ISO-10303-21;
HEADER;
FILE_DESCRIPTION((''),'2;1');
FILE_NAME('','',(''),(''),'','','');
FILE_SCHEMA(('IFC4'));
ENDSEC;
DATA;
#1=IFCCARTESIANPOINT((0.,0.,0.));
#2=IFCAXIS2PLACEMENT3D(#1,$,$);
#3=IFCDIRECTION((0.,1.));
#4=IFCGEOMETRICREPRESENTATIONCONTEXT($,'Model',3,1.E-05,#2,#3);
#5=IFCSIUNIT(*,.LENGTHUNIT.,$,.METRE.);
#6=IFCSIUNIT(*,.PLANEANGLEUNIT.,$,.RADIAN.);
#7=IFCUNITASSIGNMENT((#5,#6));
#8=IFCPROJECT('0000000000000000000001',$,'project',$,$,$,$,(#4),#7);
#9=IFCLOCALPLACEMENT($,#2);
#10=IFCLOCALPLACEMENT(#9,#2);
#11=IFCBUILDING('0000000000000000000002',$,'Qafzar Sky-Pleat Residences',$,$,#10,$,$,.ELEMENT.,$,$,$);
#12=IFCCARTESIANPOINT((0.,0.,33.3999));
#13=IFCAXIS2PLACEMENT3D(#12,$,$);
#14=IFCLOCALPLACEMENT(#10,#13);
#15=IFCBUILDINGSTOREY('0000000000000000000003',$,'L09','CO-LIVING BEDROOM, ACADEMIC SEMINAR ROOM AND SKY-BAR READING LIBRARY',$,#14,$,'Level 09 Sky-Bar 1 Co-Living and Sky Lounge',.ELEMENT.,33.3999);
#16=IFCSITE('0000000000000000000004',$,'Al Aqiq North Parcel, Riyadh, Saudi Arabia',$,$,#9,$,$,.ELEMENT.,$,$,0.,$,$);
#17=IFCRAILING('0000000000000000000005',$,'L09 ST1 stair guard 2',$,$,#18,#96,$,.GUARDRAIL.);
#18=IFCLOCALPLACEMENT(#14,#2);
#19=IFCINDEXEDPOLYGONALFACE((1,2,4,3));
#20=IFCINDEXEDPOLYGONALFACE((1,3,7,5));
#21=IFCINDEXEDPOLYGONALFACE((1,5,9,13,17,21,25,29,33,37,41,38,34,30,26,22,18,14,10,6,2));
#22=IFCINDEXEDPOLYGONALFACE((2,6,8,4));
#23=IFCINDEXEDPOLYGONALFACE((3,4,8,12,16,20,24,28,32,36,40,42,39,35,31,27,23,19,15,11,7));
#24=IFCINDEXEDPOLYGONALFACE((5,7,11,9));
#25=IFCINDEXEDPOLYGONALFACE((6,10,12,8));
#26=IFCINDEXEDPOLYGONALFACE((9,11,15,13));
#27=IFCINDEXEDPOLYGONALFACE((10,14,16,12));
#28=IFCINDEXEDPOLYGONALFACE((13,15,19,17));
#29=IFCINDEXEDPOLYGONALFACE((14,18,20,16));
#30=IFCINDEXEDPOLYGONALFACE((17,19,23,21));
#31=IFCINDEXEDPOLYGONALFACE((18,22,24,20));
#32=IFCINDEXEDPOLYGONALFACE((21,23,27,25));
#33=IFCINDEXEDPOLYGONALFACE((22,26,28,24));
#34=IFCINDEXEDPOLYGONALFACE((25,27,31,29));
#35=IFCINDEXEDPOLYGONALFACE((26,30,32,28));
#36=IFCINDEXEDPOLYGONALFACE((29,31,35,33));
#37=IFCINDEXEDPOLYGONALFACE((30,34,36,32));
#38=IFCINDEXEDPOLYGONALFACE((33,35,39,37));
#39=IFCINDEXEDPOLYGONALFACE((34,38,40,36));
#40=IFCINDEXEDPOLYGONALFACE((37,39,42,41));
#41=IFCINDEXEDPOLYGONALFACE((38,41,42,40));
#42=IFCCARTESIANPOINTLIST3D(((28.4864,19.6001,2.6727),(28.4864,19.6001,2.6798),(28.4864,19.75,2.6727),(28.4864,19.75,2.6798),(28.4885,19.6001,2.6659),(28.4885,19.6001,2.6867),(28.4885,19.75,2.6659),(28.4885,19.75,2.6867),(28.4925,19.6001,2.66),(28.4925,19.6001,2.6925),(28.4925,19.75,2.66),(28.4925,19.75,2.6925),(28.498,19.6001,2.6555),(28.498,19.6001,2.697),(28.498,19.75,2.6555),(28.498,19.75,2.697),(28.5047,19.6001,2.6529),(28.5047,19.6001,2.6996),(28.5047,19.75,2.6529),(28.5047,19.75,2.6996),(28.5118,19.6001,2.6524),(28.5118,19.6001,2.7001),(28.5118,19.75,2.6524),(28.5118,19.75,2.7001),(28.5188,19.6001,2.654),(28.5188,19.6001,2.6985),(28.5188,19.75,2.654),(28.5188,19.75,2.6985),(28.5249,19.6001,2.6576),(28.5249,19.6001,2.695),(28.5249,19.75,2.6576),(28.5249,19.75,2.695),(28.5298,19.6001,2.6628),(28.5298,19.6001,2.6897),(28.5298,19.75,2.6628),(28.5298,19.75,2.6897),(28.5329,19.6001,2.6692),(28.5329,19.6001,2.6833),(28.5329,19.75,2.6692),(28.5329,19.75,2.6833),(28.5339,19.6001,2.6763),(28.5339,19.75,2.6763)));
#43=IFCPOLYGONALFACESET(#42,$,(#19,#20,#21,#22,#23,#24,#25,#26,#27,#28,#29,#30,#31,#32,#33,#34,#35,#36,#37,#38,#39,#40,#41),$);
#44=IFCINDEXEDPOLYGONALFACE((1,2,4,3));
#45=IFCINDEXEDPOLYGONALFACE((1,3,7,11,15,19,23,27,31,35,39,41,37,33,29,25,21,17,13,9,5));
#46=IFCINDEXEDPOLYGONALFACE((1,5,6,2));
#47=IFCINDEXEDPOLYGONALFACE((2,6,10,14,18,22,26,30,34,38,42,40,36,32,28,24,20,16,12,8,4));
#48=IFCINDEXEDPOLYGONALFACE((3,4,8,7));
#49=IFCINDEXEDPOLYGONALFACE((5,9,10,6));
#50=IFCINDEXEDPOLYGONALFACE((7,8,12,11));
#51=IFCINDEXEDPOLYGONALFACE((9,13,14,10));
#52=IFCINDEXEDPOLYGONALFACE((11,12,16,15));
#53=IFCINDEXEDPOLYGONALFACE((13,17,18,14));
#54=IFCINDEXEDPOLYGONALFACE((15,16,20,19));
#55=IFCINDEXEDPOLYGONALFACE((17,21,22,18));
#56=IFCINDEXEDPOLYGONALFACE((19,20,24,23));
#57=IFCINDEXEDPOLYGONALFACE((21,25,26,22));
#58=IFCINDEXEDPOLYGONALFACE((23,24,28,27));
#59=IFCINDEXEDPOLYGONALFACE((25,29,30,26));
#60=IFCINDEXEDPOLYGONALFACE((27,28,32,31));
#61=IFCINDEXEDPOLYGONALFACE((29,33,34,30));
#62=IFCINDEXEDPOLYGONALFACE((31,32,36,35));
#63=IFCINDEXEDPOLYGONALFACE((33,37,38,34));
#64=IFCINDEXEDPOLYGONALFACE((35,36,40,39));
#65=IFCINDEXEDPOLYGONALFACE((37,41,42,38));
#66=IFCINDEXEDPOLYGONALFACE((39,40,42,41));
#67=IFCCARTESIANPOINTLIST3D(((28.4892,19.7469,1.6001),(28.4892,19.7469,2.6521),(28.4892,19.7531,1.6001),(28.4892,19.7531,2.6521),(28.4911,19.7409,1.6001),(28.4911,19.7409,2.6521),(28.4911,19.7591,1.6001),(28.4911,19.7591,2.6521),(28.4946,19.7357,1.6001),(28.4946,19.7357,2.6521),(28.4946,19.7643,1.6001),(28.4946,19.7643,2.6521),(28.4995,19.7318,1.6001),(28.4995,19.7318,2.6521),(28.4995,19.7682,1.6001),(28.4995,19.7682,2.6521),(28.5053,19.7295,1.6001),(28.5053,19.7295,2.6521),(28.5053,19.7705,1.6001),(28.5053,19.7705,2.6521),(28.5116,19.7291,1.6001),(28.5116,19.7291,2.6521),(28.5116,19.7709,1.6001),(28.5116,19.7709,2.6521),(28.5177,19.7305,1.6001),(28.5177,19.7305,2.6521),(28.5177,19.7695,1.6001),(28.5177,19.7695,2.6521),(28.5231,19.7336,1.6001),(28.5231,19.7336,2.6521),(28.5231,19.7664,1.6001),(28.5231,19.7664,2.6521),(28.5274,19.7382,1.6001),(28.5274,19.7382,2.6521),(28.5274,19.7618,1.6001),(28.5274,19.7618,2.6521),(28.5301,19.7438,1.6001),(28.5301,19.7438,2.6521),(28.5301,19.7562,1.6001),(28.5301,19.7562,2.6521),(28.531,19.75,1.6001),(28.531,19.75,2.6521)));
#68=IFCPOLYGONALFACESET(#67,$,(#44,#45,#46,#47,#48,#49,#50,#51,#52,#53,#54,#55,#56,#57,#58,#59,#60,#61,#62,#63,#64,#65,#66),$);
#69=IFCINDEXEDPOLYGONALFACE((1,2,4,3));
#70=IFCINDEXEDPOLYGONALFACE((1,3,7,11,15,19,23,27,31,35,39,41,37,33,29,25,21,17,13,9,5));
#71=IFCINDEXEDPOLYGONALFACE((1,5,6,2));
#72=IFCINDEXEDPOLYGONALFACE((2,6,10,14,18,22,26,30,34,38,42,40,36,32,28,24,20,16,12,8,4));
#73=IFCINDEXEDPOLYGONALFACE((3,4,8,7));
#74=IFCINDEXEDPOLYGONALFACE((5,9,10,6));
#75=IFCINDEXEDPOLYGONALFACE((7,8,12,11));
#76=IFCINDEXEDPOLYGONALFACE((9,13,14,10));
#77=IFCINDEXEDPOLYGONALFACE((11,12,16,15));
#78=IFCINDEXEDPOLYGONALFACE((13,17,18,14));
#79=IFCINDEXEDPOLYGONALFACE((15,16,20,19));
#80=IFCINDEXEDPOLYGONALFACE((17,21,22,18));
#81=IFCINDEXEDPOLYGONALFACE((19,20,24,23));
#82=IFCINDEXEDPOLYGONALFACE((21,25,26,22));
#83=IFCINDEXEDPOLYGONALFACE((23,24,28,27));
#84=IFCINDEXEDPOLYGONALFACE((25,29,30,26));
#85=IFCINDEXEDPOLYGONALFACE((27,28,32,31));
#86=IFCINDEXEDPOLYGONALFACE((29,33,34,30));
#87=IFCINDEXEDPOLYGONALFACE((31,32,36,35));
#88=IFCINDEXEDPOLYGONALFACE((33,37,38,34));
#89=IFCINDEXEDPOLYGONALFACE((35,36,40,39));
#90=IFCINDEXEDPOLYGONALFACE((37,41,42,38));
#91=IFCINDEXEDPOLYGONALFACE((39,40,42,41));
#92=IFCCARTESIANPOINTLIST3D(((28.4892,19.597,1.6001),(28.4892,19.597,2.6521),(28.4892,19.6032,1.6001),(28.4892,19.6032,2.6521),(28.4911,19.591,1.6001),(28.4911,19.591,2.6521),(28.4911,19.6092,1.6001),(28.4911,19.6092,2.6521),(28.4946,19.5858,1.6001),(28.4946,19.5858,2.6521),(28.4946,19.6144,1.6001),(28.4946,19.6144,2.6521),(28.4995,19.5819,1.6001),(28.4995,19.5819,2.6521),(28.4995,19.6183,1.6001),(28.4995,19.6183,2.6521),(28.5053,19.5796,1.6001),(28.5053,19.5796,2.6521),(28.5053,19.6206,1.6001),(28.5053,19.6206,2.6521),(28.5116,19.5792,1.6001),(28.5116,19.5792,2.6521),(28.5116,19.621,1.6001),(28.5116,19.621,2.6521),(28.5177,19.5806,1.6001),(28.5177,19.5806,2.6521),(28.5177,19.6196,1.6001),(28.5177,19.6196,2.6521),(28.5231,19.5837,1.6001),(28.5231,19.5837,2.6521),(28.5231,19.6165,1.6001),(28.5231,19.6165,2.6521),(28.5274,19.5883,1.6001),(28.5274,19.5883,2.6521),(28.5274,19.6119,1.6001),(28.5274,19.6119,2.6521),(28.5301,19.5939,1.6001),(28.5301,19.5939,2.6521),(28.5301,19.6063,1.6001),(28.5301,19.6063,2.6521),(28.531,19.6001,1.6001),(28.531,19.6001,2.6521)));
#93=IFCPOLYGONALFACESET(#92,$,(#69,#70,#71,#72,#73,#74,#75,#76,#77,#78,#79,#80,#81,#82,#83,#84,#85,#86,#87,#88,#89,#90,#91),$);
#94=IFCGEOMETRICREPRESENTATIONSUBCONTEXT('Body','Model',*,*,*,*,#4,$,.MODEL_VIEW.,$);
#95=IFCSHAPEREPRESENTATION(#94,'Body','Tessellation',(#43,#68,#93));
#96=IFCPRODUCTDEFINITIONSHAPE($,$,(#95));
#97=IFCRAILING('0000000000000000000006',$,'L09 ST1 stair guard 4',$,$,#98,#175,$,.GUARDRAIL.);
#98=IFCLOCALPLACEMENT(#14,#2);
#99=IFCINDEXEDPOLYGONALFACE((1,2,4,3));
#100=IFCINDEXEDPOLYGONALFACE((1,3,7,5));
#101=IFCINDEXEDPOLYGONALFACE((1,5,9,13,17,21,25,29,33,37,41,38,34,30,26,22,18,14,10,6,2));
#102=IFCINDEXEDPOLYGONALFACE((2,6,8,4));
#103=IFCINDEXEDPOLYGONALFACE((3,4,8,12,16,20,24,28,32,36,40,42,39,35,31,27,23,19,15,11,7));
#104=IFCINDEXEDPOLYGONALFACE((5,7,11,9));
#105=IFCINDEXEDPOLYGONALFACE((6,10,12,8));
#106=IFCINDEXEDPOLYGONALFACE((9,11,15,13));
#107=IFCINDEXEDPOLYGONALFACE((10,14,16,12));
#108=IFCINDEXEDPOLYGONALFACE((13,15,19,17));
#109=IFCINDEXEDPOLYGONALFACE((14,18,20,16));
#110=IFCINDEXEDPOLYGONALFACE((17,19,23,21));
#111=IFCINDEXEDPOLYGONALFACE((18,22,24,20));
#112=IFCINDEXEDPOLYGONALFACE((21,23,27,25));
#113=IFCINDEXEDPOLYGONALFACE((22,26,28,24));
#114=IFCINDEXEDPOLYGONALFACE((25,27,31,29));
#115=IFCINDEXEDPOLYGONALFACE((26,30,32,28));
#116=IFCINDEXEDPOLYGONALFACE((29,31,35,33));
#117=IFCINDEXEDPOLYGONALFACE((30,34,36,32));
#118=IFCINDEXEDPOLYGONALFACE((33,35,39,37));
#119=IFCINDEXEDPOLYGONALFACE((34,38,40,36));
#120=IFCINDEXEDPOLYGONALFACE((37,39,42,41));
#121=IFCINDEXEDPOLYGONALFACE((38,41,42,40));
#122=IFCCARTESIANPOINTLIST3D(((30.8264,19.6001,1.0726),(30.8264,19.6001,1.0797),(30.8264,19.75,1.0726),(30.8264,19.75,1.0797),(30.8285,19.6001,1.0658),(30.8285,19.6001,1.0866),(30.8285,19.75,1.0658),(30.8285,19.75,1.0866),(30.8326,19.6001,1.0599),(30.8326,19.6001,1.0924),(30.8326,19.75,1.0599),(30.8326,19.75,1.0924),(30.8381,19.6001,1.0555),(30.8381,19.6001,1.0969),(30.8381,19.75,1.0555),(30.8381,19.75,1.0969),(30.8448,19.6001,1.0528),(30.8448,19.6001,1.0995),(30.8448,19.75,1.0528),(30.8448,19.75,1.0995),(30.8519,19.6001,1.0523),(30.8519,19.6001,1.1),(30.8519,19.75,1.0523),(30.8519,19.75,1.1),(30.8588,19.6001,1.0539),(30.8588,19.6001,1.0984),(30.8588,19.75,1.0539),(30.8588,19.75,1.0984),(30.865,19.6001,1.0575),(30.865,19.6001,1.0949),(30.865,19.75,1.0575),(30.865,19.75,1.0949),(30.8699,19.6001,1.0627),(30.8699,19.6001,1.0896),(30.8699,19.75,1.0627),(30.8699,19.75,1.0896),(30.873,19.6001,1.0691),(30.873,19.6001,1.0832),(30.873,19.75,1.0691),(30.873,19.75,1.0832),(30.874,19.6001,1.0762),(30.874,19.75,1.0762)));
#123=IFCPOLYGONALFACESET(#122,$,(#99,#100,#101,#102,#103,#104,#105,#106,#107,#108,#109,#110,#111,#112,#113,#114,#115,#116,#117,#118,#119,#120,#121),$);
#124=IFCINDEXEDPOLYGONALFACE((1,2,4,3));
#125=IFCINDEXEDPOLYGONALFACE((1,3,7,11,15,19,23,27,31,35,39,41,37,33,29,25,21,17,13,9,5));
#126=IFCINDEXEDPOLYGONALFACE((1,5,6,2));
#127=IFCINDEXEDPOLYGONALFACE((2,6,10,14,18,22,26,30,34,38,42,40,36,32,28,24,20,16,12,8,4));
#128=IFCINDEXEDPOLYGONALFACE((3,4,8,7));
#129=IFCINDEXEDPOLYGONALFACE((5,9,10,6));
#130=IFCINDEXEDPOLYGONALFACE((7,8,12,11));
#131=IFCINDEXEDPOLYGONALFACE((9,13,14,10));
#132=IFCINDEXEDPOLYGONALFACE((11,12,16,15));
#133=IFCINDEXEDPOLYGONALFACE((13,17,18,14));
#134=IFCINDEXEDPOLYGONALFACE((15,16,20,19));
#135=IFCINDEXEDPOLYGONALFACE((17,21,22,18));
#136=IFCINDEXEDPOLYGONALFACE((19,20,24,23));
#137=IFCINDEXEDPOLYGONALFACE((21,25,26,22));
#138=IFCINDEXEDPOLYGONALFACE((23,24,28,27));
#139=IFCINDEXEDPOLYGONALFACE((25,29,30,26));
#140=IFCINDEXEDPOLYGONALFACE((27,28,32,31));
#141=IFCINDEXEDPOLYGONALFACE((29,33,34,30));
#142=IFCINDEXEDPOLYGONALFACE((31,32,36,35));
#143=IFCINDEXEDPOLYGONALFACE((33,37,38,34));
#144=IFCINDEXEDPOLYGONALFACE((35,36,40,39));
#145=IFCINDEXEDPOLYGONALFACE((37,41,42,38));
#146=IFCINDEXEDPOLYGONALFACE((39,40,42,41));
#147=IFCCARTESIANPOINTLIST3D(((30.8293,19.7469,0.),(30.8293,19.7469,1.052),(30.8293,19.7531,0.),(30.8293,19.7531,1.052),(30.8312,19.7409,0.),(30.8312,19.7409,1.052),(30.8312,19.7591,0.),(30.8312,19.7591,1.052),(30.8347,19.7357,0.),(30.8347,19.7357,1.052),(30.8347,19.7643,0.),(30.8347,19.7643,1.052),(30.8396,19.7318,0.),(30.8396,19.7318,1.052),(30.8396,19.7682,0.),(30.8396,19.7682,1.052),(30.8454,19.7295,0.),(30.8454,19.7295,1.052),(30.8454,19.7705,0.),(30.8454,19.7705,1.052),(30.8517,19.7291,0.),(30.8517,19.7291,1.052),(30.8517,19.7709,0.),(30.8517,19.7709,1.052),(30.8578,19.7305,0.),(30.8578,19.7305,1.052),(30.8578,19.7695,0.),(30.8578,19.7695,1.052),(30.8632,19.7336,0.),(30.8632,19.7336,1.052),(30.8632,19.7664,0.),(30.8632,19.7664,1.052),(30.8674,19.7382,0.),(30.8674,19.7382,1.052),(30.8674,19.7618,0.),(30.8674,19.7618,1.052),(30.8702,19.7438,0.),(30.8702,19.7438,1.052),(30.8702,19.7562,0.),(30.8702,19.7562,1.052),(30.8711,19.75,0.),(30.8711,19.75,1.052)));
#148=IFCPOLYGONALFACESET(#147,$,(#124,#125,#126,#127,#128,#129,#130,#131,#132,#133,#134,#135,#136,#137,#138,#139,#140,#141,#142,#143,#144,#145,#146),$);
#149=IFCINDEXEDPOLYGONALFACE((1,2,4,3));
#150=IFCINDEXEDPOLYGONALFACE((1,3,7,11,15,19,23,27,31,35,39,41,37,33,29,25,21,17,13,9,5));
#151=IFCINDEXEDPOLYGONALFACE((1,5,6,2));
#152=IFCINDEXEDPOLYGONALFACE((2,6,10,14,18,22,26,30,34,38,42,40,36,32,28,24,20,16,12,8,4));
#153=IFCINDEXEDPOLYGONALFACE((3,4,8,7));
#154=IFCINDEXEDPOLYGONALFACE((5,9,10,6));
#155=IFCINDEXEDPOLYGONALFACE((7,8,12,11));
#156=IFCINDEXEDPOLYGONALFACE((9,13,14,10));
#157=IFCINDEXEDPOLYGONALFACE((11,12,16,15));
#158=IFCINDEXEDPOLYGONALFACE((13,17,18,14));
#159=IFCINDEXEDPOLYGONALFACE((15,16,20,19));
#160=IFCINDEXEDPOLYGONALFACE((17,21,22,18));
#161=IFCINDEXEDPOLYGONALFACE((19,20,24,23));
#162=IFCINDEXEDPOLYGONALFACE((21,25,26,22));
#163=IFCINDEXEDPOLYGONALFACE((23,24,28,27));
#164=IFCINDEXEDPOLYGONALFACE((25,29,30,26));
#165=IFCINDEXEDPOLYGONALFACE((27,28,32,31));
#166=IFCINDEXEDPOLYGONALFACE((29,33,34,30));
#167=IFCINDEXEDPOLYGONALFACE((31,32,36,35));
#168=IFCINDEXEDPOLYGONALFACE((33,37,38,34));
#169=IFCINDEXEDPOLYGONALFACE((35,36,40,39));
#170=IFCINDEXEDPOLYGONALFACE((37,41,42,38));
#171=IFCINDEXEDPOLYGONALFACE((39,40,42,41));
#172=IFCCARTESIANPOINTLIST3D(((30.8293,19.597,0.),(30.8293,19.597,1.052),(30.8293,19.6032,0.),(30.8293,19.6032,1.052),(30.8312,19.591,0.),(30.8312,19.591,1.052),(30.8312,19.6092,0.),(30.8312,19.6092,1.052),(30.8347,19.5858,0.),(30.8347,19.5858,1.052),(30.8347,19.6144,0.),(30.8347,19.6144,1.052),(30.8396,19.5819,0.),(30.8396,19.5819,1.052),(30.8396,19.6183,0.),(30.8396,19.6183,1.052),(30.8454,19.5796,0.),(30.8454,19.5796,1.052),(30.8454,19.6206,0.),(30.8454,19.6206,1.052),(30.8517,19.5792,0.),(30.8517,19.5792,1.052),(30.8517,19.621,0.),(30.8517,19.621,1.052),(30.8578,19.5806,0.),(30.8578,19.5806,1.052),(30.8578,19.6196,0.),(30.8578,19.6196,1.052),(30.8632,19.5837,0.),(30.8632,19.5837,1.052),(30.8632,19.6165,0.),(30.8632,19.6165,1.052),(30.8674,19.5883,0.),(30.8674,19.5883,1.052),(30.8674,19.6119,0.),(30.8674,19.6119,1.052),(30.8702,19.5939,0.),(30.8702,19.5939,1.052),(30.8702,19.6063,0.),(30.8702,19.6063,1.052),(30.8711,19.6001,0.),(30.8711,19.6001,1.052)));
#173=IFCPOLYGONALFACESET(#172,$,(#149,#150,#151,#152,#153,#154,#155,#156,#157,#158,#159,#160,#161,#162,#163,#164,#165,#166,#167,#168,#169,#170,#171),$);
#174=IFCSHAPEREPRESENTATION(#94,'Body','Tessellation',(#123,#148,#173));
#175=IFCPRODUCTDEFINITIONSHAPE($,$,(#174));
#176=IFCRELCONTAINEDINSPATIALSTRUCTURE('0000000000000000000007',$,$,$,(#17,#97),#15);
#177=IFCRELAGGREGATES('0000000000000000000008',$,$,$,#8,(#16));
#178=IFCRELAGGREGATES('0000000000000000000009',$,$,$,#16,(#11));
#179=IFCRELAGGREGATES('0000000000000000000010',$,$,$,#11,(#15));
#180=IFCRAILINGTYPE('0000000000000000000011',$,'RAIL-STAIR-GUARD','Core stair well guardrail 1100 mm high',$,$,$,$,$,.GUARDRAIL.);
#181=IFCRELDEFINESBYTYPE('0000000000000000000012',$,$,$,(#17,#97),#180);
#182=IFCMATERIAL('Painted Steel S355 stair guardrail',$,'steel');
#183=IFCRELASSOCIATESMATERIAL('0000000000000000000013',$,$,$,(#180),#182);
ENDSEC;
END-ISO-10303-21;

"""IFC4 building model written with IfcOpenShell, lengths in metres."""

from ifc_helpers import new_model, si_unit, direction, frame, origin, origin_2d, place, context, subcontext, project, spatial, circle, extrude, source, transform, mapped, material, type_object, element, save


model = new_model("IFC4")

# Units and contexts
model_context = context("Model", 3, precision=1e-05, world=origin(), true_north=direction((0.0, 1.0)))
body_context = subcontext(model_context, "Body", "Model", "MODEL_VIEW")
ifc_project = project(units=[si_unit("LENGTHUNIT", "METRE"), si_unit("PLANEANGLEUNIT", "RADIAN")], contexts=[model_context])

# Site, building, storey
site_placement = place(None, origin())
site = spatial("IfcSite", under=ifc_project, at=site_placement, Name="Al Aqiq North Parcel, Riyadh, Saudi Arabia", CompositionType="ELEMENT", RefElevation=0.0)
building_placement = place(site_placement, origin())
building = spatial("IfcBuilding", under=site, at=building_placement, Name="Qafzar Sky-Pleat Residences", CompositionType="ELEMENT")
storey_placement = place(building_placement, frame((0.0, 0.0, 33.3999)))
storey = spatial("IfcBuildingStorey", under=building, at=storey_placement, Name="L09", Description="CO-LIVING BEDROOM, ACADEMIC SEMINAR ROOM AND SKY-BAR READING LIBRARY", LongName="Level 09 Sky-Bar 1 Co-Living and Sky Lounge", CompositionType="ELEMENT", Elevation=33.3999)

# Railings
ifc_material_1 = material(Name="Painted Steel S355 stair guardrail", Category="steel")
railing_type_1 = type_object("IfcRailingType", Name="RAIL-STAIR-GUARD", Description="Core stair well guardrail 1100 mm high", PredefinedType="GUARDRAIL", material=ifc_material_1)
shared_shape_1 = source(origin(), body_context, "Body", "SweptSolid", [
    extrude(circle(Radius=0.0239, at=origin_2d()), frame((0.0, 0.0, 1.0762), z_axis=(0.0, -1.0, 0.0), x_axis=(1.0, 0.0, 0.0)), (0.0, 0.0, 1.0), 0.1499),
    extrude(circle(Radius=0.021, at=origin_2d()), origin(), (0.0, 0.0, 1.0), 1.052),
    extrude(circle(Radius=0.021, at=origin_2d()), frame((0.0, -0.1499, 0.0)), (0.0, 0.0, 1.0), 1.052),
])
for number, where, name in (
    (1, (28.51, 19.75, 1.6001), "L09 ST1 stair guard 2"),
    (2, (30.8501, 19.75, 0.0), "L09 ST1 stair guard 4"),
):
    element("IfcRailing", number, at=place(storey_placement, frame(where)), inside=storey, type_object=railing_type_1, Name=name, PredefinedType="GUARDRAIL", context=body_context, shape_type="MappedRepresentation", body=[
        mapped(shared_shape_1, transform((0.0, 0.0, 0.0), x_axis=(1.0, 0.0, 0.0), y_axis=(0.0, 1.0, 0.0), z_axis=(0.0, 0.0, 1.0), scale=1.0)),
    ])

save(model, "model.ifc")
